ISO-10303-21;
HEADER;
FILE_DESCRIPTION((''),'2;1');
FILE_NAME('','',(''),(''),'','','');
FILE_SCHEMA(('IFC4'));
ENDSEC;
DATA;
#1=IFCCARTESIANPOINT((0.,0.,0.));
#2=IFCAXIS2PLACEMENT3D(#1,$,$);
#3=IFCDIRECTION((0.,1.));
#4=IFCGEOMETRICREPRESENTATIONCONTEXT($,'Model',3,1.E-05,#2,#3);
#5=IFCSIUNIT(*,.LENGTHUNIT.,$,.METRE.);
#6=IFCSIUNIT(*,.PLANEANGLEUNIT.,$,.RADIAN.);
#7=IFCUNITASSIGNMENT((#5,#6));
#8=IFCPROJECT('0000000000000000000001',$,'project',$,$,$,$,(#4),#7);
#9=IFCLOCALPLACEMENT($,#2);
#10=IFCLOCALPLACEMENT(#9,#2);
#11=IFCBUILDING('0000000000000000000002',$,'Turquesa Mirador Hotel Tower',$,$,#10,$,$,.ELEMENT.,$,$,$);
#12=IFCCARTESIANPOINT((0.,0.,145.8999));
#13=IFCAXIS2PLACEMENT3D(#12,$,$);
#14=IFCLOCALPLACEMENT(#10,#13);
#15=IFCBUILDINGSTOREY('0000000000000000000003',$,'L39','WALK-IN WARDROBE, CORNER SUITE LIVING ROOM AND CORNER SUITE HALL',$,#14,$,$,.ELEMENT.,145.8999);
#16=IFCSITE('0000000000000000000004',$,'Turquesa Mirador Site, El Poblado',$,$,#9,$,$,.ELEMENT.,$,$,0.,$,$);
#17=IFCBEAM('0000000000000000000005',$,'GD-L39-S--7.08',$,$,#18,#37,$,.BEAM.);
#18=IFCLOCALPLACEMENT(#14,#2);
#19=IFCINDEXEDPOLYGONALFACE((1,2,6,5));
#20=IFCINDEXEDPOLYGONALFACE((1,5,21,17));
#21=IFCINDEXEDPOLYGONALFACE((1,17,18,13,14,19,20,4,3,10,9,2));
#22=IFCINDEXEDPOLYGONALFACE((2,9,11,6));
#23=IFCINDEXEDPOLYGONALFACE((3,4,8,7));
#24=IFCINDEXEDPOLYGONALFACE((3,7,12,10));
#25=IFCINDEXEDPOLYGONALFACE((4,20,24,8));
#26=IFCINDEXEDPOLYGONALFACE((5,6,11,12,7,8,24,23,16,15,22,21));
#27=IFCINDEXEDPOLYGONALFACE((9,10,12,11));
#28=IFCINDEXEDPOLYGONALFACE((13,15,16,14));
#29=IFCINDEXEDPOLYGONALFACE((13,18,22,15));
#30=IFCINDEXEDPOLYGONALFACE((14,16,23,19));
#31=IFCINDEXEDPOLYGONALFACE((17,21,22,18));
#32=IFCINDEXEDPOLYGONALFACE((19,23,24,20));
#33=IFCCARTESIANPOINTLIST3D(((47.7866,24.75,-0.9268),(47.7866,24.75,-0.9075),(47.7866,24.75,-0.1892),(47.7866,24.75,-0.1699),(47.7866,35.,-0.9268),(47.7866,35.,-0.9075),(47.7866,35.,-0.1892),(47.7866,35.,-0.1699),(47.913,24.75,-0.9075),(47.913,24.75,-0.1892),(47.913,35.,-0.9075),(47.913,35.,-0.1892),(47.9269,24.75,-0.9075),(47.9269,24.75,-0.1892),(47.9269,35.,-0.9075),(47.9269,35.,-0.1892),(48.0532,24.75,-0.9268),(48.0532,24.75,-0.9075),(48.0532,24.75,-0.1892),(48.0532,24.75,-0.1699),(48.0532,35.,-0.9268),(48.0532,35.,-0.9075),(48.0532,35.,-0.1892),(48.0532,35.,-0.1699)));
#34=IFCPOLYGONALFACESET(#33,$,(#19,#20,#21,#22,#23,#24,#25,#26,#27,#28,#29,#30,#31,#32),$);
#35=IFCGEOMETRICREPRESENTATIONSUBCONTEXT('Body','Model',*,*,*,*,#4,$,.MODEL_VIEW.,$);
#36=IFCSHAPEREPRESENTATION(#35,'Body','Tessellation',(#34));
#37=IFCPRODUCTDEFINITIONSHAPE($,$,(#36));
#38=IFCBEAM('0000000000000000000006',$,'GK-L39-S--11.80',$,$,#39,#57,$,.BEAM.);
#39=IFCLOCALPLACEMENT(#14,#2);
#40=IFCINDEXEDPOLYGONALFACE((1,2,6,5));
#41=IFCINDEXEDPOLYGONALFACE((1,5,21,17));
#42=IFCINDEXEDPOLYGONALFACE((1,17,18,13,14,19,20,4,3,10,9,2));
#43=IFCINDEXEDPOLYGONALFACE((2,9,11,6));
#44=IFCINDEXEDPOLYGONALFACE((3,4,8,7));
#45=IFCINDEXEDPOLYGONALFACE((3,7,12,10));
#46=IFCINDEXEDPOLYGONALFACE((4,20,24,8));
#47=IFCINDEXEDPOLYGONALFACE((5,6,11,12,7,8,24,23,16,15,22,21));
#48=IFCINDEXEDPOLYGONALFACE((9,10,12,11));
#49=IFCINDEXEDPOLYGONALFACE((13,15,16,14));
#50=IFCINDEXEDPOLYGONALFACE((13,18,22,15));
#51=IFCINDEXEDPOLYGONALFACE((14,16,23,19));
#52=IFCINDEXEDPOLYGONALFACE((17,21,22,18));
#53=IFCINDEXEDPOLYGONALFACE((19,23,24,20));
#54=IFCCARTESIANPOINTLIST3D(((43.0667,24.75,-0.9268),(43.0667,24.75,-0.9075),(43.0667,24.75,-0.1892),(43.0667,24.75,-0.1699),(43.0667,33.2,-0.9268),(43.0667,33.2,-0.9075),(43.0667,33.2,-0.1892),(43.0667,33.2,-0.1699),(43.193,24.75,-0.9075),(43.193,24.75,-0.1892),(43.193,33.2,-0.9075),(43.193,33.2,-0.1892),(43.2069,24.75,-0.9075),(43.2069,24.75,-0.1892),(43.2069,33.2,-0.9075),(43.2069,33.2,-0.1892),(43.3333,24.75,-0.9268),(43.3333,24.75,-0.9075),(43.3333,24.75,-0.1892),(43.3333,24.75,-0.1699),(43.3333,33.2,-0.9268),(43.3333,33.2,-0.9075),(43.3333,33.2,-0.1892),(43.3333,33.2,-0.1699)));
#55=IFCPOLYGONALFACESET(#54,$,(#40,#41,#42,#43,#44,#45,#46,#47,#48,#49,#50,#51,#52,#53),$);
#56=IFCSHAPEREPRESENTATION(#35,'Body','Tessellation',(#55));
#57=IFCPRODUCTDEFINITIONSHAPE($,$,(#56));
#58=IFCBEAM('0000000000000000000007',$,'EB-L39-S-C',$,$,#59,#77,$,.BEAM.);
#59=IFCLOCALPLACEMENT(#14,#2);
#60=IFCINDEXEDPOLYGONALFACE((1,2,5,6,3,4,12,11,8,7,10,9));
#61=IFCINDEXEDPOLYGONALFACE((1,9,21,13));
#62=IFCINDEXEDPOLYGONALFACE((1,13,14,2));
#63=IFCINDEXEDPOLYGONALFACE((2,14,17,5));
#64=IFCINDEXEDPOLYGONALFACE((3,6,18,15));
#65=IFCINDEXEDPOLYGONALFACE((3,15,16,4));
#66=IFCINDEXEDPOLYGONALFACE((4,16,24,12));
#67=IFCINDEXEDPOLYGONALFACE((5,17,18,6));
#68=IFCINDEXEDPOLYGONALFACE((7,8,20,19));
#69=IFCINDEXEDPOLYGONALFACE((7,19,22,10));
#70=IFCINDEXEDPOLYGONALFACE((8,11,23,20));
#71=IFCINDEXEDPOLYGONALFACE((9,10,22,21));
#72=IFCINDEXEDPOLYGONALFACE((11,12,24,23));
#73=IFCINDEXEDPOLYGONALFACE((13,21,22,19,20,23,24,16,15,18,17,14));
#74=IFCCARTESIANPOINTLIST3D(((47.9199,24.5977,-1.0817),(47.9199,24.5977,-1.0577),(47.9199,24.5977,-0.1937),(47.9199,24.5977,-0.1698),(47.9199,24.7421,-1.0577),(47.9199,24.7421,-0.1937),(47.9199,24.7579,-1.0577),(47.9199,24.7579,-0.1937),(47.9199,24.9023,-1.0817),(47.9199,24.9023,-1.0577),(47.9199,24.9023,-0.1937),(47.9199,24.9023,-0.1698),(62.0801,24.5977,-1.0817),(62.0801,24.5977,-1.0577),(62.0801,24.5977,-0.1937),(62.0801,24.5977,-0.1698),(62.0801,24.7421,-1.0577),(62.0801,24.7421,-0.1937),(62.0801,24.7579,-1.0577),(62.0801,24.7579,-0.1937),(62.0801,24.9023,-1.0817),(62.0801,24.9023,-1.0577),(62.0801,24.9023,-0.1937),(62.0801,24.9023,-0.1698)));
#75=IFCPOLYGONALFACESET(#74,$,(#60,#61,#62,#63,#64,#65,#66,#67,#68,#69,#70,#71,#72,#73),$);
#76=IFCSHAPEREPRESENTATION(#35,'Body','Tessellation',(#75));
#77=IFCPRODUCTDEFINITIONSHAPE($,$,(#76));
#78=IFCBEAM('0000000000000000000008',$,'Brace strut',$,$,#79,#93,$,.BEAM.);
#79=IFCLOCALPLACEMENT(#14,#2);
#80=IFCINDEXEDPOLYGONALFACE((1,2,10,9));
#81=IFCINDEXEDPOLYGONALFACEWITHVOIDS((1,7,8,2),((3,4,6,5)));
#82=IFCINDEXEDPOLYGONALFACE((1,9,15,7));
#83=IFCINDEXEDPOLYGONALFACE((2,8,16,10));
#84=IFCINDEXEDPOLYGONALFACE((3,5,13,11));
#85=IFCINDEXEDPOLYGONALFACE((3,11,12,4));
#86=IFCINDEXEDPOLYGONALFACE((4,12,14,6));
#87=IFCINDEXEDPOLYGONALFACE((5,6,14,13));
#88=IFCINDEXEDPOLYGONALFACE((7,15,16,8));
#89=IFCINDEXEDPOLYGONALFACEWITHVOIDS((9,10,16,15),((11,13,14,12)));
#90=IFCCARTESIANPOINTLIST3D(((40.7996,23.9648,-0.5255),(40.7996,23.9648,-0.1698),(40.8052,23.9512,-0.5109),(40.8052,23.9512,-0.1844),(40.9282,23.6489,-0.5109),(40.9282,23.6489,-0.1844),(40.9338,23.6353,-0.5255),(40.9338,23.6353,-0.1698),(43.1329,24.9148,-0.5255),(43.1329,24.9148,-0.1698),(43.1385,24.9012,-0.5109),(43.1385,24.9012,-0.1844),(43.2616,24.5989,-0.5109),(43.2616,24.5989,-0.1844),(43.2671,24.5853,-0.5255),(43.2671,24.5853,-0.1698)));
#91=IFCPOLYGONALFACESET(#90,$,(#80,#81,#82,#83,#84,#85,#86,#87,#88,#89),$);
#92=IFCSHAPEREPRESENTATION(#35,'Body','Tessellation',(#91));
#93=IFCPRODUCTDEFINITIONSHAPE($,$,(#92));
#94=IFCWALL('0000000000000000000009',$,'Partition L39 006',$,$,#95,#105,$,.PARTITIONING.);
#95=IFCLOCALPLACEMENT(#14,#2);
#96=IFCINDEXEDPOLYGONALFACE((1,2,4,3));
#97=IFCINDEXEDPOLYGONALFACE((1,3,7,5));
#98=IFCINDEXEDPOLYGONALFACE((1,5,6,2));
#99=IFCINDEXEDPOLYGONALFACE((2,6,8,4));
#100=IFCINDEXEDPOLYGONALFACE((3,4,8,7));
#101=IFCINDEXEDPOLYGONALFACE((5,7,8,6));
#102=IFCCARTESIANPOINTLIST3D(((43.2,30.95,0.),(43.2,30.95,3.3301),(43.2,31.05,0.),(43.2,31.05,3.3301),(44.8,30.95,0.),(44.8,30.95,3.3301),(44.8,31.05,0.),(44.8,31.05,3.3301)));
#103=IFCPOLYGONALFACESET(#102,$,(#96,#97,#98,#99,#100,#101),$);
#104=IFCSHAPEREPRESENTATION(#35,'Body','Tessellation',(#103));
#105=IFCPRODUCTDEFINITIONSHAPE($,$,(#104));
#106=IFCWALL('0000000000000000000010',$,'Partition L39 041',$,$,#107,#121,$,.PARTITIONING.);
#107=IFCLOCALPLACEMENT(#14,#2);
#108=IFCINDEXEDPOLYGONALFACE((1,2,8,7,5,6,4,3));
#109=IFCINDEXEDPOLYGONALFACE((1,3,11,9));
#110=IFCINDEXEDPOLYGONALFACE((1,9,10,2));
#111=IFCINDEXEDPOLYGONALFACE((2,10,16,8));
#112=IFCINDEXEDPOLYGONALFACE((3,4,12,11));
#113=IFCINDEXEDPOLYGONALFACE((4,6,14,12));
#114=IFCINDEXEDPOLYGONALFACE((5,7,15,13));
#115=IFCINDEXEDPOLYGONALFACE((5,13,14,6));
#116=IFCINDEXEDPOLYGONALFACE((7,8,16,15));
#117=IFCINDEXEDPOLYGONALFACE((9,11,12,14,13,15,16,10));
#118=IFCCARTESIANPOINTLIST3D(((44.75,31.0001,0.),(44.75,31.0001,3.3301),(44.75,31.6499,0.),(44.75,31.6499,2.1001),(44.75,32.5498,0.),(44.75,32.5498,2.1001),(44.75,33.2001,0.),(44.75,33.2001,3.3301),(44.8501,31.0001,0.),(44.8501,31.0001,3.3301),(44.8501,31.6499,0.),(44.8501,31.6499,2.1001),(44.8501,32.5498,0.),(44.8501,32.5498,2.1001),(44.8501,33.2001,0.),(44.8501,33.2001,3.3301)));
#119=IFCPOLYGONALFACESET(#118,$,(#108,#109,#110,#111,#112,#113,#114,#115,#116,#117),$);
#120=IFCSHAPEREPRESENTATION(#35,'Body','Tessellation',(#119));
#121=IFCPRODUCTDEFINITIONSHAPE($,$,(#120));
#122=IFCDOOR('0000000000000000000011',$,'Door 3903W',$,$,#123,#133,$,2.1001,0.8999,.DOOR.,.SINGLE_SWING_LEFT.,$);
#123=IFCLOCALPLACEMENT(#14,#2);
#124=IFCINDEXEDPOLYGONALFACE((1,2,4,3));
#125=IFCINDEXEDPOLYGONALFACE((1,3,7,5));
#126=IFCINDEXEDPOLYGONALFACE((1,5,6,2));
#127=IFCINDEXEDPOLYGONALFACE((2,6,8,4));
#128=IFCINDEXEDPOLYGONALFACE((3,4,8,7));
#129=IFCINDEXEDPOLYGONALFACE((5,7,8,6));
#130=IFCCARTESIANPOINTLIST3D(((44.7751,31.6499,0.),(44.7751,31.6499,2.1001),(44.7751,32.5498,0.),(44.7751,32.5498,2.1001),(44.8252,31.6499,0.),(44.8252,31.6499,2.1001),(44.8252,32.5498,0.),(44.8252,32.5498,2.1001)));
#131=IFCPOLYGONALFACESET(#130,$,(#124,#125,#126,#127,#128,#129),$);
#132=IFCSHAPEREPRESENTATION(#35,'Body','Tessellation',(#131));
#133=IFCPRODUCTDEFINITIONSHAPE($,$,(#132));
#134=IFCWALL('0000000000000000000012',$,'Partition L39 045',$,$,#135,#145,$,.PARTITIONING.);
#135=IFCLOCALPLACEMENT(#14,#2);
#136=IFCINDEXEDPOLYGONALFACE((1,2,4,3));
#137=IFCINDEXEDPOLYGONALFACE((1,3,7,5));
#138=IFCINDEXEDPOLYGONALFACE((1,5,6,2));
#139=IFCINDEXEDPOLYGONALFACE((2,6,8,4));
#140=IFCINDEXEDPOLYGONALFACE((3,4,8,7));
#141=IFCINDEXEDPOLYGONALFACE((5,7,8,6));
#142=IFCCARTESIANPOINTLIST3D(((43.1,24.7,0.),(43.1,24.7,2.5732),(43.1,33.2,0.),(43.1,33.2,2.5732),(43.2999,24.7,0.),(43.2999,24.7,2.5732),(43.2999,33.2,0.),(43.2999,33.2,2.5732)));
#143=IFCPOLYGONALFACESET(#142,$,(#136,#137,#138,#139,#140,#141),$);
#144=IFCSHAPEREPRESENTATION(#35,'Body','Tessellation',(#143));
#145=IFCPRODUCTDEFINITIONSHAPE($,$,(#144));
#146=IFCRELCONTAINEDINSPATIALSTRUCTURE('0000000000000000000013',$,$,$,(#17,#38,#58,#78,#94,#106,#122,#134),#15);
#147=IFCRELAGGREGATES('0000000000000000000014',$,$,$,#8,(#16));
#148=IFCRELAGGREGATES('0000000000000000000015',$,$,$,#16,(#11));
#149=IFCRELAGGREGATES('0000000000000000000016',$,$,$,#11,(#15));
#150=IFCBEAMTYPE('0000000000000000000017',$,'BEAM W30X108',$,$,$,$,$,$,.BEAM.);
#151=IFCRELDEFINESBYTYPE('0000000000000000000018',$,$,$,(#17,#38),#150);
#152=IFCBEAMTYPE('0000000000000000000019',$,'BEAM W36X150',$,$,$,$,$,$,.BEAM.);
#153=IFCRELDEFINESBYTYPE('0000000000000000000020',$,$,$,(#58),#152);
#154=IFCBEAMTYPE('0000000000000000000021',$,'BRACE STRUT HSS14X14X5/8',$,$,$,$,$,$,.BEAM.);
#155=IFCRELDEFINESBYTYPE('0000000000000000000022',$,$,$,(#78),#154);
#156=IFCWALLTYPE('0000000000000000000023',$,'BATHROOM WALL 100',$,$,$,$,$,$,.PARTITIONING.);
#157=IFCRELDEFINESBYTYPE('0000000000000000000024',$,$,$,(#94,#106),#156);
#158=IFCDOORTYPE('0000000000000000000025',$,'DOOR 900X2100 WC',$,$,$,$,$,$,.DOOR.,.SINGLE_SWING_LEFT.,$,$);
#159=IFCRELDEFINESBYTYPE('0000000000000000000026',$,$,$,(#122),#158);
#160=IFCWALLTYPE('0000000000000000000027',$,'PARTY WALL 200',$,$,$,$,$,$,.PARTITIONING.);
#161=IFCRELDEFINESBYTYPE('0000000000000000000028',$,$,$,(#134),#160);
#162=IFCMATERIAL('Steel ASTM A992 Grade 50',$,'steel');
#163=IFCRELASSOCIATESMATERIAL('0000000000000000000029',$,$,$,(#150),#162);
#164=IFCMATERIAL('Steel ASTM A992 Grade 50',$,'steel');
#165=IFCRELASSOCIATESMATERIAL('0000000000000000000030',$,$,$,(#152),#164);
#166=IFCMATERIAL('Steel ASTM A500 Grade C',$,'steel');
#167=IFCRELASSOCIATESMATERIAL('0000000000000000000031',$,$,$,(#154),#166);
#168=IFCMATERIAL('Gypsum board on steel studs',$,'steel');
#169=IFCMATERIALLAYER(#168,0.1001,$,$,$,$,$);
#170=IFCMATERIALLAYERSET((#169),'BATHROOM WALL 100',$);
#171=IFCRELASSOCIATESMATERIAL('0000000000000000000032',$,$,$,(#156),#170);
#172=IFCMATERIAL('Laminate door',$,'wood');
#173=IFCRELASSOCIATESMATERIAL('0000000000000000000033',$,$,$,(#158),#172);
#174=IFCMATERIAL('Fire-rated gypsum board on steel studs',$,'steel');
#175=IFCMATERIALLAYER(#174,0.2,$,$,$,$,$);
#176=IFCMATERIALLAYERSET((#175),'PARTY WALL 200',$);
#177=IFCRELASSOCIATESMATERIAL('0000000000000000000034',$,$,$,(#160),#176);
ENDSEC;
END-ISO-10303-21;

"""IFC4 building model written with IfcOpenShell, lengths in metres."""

from ifc_helpers import new_model, si_unit, direction, frame, frame_2d, origin, origin_2d, place, context, subcontext, project, spatial, rectangle, hollow_rectangle, i_section, extrude, material, layer, layer_set, material_profile, profile_set, type_object, element, fill, save


model = new_model("IFC4")

# Units and contexts
model_context = context("Model", 3, precision=1e-05, world=origin(), true_north=direction((0.0, 1.0)))
body_context = subcontext(model_context, "Body", "Model", "MODEL_VIEW")
ifc_project = project(units=[si_unit("LENGTHUNIT", "METRE"), si_unit("PLANEANGLEUNIT", "RADIAN")], contexts=[model_context])

# Site, building, storey
site_placement = place(None, origin())
site = spatial("IfcSite", under=ifc_project, at=site_placement, Name="Turquesa Mirador Site, El Poblado", CompositionType="ELEMENT", RefElevation=0.0)
building_placement = place(site_placement, origin())
building = spatial("IfcBuilding", under=site, at=building_placement, Name="Turquesa Mirador Hotel Tower", CompositionType="ELEMENT")
storey_placement = place(building_placement, frame((0.0, 0.0, 145.8999)))
storey = spatial("IfcBuildingStorey", under=building, at=storey_placement, Name="L39", Description="WALK-IN WARDROBE, CORNER SUITE LIVING ROOM AND CORNER SUITE HALL", CompositionType="ELEMENT", Elevation=145.8999)

# Beams
ifc_material_1 = material(Name="Steel ASTM A992 Grade 50", Category="steel")
ifc_material_profile_1 = material_profile(ifc_material_1, i_section(OverallWidth=0.2666, OverallDepth=0.7568, WebThickness=0.0139, FlangeThickness=0.0193, at=origin_2d()), Name="W30X108")
ifc_profile_set_1 = profile_set([ifc_material_profile_1], Name="Steel ASTM A992 Grade 50")
beam_type_1 = type_object("IfcBeamType", Name="BEAM W30X108", PredefinedType="BEAM", material=ifc_profile_set_1)
beam_1_placement = place(storey_placement, frame((47.9199, 24.75, -0.5483), z_axis=(0.0, 1.0, 0.0), x_axis=(-1.0, 0.0, 0.0)))
element("IfcBeam", 1, at=beam_1_placement, inside=storey, type_object=beam_type_1, Name="GD-L39-S--7.08", PredefinedType="BEAM", context=body_context, shape_type="SweptSolid", body=[
    extrude(i_section(OverallWidth=0.2666, OverallDepth=0.7568, WebThickness=0.0139, FlangeThickness=0.0193, at=origin_2d()), origin(), (0.0, 0.0, 1.0), 10.25),
])
beam_2_placement = place(storey_placement, frame((43.2, 24.75, -0.5483), z_axis=(0.0, 1.0, 0.0), x_axis=(-1.0, 0.0, 0.0)))
element("IfcBeam", 2, at=beam_2_placement, inside=storey, type_object=beam_type_1, Name="GK-L39-S--11.80", PredefinedType="BEAM", context=body_context, shape_type="SweptSolid", body=[
    extrude(i_section(OverallWidth=0.2666, OverallDepth=0.7568, WebThickness=0.0139, FlangeThickness=0.0193, at=origin_2d()), origin(), (0.0, 0.0, 1.0), 8.45),
])
ifc_material_2 = material(Name="Steel ASTM A992 Grade 50", Category="steel")
ifc_material_profile_2 = material_profile(ifc_material_2, i_section(OverallWidth=0.3047, OverallDepth=0.9119, WebThickness=0.0159, FlangeThickness=0.0239, at=origin_2d()), Name="W36X150")
ifc_profile_set_2 = profile_set([ifc_material_profile_2], Name="Steel ASTM A992 Grade 50")
beam_type_2 = type_object("IfcBeamType", Name="BEAM W36X150", PredefinedType="BEAM", material=ifc_profile_set_2)
beam_3_placement = place(storey_placement, frame((47.9199, 24.75, -0.6257), z_axis=(1.0, 0.0, 0.0), x_axis=(0.0, 1.0, 0.0)))
element("IfcBeam", 3, at=beam_3_placement, inside=storey, type_object=beam_type_2, Name="EB-L39-S-C", PredefinedType="BEAM", context=body_context, shape_type="SweptSolid", body=[
    extrude(i_section(OverallWidth=0.3047, OverallDepth=0.9119, WebThickness=0.0159, FlangeThickness=0.0239, at=origin_2d()), origin(), (0.0, 0.0, 1.0), 14.1602),
])
ifc_material_3 = material(Name="Steel ASTM A500 Grade C", Category="steel")
ifc_material_profile_3 = material_profile(ifc_material_3, hollow_rectangle(XDim=0.3557, YDim=0.3557, WallThickness=0.0146, at=origin_2d()), Name="HSS14X14X5/8")
ifc_profile_set_3 = profile_set([ifc_material_profile_3], Name="Steel ASTM A500 Grade C")
beam_type_3 = type_object("IfcBeamType", Name="BRACE STRUT HSS14X14X5/8", PredefinedType="BEAM", material=ifc_profile_set_3)
beam_4_placement = place(storey_placement, frame((40.8667, 23.8, -0.3477), z_axis=(0.92618, 0.377081, 0.0), x_axis=(-0.377081, 0.92618, 0.0)))
element("IfcBeam", 4, at=beam_4_placement, inside=storey, type_object=beam_type_3, Name="Brace strut", PredefinedType="BEAM", context=body_context, shape_type="SweptSolid", body=[
    extrude(hollow_rectangle(XDim=0.3557, YDim=0.3557, WallThickness=0.0146, at=origin_2d()), origin(), (0.0, 0.0, 1.0), 2.5193),
])

# Wall
ifc_material_4 = material(Name="Gypsum board on steel studs", Category="steel")
ifc_layer_1 = layer(ifc_material_4, 0.1001)
ifc_layer_set_1 = layer_set([ifc_layer_1], Name="BATHROOM WALL 100")
wall_type_1 = type_object("IfcWallType", Name="BATHROOM WALL 100", PredefinedType="PARTITIONING", material=ifc_layer_set_1)
wall_1_placement = place(storey_placement, frame((43.2, 31.0, 0.0), z_axis=(0.0, 0.0, 1.0), x_axis=(1.0, 0.0, 0.0)))
element("IfcWall", 5, at=wall_1_placement, inside=storey, type_object=wall_type_1, Name="Partition L39 006", PredefinedType="PARTITIONING", context=body_context, shape_type="SweptSolid", body=[
    extrude(rectangle(XDim=1.6001, YDim=0.1001, at=frame_2d((0.8, 0.0))), origin(), (0.0, 0.0, 1.0), 3.3301),
])

# Wall, opening, door
wall_2_placement = place(storey_placement, frame((44.8, 31.0, 0.0), z_axis=(0.0, 0.0, 1.0), x_axis=(0.0, 1.0, 0.0)))
wall_2 = element("IfcWall", 6, at=wall_2_placement, inside=storey, type_object=wall_type_1, Name="Partition L39 041", PredefinedType="PARTITIONING", context=body_context, shape_type="SweptSolid", body=[
    extrude(rectangle(XDim=2.2, YDim=0.1001, at=frame_2d((1.1001, 0.0))), origin(), (0.0, 0.0, 1.0), 3.3301),
])
opening_placement = place(wall_2_placement, frame((0.6499, 0.0, 0.0)))
opening = element("IfcOpeningElement", 7, at=opening_placement, cuts=wall_2, PredefinedType="OPENING", context=body_context, shape_type="SweptSolid", body=[
    extrude(rectangle(XDim=0.8999, YDim=2.1001, at=frame_2d((0.45, 1.05))), frame((0.0, 0.0601, 0.0), z_axis=(0.0, -1.0, 0.0), x_axis=(1.0, 0.0, 0.0)), (0.0, 0.0, 1.0), 0.1201),
])
ifc_material_5 = material(Name="Laminate door", Category="wood")
door_type = type_object("IfcDoorType", Name="DOOR 900X2100 WC", OperationType="SINGLE_SWING_LEFT", PredefinedType="DOOR", material=ifc_material_5)
door_placement = place(opening_placement, origin())
door = element("IfcDoor", 8, at=door_placement, inside=storey, type_object=door_type, Name="Door 3903W", OperationType="SINGLE_SWING_LEFT", OverallHeight=2.1001, OverallWidth=0.8999, PredefinedType="DOOR", context=body_context, shape_type="SweptSolid", body=[
    extrude(rectangle(XDim=0.8999, YDim=2.1001, at=frame_2d((0.45, 1.05))), frame((0.0, 0.0249, 0.0), z_axis=(0.0, -1.0, 0.0), x_axis=(1.0, 0.0, 0.0)), (0.0, 0.0, 1.0), 0.05),
])
fill(opening, door)

# Wall
ifc_material_6 = material(Name="Fire-rated gypsum board on steel studs", Category="steel")
ifc_layer_2 = layer(ifc_material_6, 0.2)
ifc_layer_set_2 = layer_set([ifc_layer_2], Name="PARTY WALL 200")
wall_type_2 = type_object("IfcWallType", Name="PARTY WALL 200", PredefinedType="PARTITIONING", material=ifc_layer_set_2)
wall_3_placement = place(storey_placement, frame((43.2, 24.7, 0.0), z_axis=(0.0, 0.0, 1.0), x_axis=(0.0, 1.0, 0.0)))
element("IfcWall", 9, at=wall_3_placement, inside=storey, type_object=wall_type_2, Name="Partition L39 045", PredefinedType="PARTITIONING", context=body_context, shape_type="SweptSolid", body=[
    extrude(rectangle(XDim=8.5, YDim=0.2, at=frame_2d((4.25, 0.0))), origin(), (0.0, 0.0, 1.0), 2.5732),
])

save(model, "model.ifc")
